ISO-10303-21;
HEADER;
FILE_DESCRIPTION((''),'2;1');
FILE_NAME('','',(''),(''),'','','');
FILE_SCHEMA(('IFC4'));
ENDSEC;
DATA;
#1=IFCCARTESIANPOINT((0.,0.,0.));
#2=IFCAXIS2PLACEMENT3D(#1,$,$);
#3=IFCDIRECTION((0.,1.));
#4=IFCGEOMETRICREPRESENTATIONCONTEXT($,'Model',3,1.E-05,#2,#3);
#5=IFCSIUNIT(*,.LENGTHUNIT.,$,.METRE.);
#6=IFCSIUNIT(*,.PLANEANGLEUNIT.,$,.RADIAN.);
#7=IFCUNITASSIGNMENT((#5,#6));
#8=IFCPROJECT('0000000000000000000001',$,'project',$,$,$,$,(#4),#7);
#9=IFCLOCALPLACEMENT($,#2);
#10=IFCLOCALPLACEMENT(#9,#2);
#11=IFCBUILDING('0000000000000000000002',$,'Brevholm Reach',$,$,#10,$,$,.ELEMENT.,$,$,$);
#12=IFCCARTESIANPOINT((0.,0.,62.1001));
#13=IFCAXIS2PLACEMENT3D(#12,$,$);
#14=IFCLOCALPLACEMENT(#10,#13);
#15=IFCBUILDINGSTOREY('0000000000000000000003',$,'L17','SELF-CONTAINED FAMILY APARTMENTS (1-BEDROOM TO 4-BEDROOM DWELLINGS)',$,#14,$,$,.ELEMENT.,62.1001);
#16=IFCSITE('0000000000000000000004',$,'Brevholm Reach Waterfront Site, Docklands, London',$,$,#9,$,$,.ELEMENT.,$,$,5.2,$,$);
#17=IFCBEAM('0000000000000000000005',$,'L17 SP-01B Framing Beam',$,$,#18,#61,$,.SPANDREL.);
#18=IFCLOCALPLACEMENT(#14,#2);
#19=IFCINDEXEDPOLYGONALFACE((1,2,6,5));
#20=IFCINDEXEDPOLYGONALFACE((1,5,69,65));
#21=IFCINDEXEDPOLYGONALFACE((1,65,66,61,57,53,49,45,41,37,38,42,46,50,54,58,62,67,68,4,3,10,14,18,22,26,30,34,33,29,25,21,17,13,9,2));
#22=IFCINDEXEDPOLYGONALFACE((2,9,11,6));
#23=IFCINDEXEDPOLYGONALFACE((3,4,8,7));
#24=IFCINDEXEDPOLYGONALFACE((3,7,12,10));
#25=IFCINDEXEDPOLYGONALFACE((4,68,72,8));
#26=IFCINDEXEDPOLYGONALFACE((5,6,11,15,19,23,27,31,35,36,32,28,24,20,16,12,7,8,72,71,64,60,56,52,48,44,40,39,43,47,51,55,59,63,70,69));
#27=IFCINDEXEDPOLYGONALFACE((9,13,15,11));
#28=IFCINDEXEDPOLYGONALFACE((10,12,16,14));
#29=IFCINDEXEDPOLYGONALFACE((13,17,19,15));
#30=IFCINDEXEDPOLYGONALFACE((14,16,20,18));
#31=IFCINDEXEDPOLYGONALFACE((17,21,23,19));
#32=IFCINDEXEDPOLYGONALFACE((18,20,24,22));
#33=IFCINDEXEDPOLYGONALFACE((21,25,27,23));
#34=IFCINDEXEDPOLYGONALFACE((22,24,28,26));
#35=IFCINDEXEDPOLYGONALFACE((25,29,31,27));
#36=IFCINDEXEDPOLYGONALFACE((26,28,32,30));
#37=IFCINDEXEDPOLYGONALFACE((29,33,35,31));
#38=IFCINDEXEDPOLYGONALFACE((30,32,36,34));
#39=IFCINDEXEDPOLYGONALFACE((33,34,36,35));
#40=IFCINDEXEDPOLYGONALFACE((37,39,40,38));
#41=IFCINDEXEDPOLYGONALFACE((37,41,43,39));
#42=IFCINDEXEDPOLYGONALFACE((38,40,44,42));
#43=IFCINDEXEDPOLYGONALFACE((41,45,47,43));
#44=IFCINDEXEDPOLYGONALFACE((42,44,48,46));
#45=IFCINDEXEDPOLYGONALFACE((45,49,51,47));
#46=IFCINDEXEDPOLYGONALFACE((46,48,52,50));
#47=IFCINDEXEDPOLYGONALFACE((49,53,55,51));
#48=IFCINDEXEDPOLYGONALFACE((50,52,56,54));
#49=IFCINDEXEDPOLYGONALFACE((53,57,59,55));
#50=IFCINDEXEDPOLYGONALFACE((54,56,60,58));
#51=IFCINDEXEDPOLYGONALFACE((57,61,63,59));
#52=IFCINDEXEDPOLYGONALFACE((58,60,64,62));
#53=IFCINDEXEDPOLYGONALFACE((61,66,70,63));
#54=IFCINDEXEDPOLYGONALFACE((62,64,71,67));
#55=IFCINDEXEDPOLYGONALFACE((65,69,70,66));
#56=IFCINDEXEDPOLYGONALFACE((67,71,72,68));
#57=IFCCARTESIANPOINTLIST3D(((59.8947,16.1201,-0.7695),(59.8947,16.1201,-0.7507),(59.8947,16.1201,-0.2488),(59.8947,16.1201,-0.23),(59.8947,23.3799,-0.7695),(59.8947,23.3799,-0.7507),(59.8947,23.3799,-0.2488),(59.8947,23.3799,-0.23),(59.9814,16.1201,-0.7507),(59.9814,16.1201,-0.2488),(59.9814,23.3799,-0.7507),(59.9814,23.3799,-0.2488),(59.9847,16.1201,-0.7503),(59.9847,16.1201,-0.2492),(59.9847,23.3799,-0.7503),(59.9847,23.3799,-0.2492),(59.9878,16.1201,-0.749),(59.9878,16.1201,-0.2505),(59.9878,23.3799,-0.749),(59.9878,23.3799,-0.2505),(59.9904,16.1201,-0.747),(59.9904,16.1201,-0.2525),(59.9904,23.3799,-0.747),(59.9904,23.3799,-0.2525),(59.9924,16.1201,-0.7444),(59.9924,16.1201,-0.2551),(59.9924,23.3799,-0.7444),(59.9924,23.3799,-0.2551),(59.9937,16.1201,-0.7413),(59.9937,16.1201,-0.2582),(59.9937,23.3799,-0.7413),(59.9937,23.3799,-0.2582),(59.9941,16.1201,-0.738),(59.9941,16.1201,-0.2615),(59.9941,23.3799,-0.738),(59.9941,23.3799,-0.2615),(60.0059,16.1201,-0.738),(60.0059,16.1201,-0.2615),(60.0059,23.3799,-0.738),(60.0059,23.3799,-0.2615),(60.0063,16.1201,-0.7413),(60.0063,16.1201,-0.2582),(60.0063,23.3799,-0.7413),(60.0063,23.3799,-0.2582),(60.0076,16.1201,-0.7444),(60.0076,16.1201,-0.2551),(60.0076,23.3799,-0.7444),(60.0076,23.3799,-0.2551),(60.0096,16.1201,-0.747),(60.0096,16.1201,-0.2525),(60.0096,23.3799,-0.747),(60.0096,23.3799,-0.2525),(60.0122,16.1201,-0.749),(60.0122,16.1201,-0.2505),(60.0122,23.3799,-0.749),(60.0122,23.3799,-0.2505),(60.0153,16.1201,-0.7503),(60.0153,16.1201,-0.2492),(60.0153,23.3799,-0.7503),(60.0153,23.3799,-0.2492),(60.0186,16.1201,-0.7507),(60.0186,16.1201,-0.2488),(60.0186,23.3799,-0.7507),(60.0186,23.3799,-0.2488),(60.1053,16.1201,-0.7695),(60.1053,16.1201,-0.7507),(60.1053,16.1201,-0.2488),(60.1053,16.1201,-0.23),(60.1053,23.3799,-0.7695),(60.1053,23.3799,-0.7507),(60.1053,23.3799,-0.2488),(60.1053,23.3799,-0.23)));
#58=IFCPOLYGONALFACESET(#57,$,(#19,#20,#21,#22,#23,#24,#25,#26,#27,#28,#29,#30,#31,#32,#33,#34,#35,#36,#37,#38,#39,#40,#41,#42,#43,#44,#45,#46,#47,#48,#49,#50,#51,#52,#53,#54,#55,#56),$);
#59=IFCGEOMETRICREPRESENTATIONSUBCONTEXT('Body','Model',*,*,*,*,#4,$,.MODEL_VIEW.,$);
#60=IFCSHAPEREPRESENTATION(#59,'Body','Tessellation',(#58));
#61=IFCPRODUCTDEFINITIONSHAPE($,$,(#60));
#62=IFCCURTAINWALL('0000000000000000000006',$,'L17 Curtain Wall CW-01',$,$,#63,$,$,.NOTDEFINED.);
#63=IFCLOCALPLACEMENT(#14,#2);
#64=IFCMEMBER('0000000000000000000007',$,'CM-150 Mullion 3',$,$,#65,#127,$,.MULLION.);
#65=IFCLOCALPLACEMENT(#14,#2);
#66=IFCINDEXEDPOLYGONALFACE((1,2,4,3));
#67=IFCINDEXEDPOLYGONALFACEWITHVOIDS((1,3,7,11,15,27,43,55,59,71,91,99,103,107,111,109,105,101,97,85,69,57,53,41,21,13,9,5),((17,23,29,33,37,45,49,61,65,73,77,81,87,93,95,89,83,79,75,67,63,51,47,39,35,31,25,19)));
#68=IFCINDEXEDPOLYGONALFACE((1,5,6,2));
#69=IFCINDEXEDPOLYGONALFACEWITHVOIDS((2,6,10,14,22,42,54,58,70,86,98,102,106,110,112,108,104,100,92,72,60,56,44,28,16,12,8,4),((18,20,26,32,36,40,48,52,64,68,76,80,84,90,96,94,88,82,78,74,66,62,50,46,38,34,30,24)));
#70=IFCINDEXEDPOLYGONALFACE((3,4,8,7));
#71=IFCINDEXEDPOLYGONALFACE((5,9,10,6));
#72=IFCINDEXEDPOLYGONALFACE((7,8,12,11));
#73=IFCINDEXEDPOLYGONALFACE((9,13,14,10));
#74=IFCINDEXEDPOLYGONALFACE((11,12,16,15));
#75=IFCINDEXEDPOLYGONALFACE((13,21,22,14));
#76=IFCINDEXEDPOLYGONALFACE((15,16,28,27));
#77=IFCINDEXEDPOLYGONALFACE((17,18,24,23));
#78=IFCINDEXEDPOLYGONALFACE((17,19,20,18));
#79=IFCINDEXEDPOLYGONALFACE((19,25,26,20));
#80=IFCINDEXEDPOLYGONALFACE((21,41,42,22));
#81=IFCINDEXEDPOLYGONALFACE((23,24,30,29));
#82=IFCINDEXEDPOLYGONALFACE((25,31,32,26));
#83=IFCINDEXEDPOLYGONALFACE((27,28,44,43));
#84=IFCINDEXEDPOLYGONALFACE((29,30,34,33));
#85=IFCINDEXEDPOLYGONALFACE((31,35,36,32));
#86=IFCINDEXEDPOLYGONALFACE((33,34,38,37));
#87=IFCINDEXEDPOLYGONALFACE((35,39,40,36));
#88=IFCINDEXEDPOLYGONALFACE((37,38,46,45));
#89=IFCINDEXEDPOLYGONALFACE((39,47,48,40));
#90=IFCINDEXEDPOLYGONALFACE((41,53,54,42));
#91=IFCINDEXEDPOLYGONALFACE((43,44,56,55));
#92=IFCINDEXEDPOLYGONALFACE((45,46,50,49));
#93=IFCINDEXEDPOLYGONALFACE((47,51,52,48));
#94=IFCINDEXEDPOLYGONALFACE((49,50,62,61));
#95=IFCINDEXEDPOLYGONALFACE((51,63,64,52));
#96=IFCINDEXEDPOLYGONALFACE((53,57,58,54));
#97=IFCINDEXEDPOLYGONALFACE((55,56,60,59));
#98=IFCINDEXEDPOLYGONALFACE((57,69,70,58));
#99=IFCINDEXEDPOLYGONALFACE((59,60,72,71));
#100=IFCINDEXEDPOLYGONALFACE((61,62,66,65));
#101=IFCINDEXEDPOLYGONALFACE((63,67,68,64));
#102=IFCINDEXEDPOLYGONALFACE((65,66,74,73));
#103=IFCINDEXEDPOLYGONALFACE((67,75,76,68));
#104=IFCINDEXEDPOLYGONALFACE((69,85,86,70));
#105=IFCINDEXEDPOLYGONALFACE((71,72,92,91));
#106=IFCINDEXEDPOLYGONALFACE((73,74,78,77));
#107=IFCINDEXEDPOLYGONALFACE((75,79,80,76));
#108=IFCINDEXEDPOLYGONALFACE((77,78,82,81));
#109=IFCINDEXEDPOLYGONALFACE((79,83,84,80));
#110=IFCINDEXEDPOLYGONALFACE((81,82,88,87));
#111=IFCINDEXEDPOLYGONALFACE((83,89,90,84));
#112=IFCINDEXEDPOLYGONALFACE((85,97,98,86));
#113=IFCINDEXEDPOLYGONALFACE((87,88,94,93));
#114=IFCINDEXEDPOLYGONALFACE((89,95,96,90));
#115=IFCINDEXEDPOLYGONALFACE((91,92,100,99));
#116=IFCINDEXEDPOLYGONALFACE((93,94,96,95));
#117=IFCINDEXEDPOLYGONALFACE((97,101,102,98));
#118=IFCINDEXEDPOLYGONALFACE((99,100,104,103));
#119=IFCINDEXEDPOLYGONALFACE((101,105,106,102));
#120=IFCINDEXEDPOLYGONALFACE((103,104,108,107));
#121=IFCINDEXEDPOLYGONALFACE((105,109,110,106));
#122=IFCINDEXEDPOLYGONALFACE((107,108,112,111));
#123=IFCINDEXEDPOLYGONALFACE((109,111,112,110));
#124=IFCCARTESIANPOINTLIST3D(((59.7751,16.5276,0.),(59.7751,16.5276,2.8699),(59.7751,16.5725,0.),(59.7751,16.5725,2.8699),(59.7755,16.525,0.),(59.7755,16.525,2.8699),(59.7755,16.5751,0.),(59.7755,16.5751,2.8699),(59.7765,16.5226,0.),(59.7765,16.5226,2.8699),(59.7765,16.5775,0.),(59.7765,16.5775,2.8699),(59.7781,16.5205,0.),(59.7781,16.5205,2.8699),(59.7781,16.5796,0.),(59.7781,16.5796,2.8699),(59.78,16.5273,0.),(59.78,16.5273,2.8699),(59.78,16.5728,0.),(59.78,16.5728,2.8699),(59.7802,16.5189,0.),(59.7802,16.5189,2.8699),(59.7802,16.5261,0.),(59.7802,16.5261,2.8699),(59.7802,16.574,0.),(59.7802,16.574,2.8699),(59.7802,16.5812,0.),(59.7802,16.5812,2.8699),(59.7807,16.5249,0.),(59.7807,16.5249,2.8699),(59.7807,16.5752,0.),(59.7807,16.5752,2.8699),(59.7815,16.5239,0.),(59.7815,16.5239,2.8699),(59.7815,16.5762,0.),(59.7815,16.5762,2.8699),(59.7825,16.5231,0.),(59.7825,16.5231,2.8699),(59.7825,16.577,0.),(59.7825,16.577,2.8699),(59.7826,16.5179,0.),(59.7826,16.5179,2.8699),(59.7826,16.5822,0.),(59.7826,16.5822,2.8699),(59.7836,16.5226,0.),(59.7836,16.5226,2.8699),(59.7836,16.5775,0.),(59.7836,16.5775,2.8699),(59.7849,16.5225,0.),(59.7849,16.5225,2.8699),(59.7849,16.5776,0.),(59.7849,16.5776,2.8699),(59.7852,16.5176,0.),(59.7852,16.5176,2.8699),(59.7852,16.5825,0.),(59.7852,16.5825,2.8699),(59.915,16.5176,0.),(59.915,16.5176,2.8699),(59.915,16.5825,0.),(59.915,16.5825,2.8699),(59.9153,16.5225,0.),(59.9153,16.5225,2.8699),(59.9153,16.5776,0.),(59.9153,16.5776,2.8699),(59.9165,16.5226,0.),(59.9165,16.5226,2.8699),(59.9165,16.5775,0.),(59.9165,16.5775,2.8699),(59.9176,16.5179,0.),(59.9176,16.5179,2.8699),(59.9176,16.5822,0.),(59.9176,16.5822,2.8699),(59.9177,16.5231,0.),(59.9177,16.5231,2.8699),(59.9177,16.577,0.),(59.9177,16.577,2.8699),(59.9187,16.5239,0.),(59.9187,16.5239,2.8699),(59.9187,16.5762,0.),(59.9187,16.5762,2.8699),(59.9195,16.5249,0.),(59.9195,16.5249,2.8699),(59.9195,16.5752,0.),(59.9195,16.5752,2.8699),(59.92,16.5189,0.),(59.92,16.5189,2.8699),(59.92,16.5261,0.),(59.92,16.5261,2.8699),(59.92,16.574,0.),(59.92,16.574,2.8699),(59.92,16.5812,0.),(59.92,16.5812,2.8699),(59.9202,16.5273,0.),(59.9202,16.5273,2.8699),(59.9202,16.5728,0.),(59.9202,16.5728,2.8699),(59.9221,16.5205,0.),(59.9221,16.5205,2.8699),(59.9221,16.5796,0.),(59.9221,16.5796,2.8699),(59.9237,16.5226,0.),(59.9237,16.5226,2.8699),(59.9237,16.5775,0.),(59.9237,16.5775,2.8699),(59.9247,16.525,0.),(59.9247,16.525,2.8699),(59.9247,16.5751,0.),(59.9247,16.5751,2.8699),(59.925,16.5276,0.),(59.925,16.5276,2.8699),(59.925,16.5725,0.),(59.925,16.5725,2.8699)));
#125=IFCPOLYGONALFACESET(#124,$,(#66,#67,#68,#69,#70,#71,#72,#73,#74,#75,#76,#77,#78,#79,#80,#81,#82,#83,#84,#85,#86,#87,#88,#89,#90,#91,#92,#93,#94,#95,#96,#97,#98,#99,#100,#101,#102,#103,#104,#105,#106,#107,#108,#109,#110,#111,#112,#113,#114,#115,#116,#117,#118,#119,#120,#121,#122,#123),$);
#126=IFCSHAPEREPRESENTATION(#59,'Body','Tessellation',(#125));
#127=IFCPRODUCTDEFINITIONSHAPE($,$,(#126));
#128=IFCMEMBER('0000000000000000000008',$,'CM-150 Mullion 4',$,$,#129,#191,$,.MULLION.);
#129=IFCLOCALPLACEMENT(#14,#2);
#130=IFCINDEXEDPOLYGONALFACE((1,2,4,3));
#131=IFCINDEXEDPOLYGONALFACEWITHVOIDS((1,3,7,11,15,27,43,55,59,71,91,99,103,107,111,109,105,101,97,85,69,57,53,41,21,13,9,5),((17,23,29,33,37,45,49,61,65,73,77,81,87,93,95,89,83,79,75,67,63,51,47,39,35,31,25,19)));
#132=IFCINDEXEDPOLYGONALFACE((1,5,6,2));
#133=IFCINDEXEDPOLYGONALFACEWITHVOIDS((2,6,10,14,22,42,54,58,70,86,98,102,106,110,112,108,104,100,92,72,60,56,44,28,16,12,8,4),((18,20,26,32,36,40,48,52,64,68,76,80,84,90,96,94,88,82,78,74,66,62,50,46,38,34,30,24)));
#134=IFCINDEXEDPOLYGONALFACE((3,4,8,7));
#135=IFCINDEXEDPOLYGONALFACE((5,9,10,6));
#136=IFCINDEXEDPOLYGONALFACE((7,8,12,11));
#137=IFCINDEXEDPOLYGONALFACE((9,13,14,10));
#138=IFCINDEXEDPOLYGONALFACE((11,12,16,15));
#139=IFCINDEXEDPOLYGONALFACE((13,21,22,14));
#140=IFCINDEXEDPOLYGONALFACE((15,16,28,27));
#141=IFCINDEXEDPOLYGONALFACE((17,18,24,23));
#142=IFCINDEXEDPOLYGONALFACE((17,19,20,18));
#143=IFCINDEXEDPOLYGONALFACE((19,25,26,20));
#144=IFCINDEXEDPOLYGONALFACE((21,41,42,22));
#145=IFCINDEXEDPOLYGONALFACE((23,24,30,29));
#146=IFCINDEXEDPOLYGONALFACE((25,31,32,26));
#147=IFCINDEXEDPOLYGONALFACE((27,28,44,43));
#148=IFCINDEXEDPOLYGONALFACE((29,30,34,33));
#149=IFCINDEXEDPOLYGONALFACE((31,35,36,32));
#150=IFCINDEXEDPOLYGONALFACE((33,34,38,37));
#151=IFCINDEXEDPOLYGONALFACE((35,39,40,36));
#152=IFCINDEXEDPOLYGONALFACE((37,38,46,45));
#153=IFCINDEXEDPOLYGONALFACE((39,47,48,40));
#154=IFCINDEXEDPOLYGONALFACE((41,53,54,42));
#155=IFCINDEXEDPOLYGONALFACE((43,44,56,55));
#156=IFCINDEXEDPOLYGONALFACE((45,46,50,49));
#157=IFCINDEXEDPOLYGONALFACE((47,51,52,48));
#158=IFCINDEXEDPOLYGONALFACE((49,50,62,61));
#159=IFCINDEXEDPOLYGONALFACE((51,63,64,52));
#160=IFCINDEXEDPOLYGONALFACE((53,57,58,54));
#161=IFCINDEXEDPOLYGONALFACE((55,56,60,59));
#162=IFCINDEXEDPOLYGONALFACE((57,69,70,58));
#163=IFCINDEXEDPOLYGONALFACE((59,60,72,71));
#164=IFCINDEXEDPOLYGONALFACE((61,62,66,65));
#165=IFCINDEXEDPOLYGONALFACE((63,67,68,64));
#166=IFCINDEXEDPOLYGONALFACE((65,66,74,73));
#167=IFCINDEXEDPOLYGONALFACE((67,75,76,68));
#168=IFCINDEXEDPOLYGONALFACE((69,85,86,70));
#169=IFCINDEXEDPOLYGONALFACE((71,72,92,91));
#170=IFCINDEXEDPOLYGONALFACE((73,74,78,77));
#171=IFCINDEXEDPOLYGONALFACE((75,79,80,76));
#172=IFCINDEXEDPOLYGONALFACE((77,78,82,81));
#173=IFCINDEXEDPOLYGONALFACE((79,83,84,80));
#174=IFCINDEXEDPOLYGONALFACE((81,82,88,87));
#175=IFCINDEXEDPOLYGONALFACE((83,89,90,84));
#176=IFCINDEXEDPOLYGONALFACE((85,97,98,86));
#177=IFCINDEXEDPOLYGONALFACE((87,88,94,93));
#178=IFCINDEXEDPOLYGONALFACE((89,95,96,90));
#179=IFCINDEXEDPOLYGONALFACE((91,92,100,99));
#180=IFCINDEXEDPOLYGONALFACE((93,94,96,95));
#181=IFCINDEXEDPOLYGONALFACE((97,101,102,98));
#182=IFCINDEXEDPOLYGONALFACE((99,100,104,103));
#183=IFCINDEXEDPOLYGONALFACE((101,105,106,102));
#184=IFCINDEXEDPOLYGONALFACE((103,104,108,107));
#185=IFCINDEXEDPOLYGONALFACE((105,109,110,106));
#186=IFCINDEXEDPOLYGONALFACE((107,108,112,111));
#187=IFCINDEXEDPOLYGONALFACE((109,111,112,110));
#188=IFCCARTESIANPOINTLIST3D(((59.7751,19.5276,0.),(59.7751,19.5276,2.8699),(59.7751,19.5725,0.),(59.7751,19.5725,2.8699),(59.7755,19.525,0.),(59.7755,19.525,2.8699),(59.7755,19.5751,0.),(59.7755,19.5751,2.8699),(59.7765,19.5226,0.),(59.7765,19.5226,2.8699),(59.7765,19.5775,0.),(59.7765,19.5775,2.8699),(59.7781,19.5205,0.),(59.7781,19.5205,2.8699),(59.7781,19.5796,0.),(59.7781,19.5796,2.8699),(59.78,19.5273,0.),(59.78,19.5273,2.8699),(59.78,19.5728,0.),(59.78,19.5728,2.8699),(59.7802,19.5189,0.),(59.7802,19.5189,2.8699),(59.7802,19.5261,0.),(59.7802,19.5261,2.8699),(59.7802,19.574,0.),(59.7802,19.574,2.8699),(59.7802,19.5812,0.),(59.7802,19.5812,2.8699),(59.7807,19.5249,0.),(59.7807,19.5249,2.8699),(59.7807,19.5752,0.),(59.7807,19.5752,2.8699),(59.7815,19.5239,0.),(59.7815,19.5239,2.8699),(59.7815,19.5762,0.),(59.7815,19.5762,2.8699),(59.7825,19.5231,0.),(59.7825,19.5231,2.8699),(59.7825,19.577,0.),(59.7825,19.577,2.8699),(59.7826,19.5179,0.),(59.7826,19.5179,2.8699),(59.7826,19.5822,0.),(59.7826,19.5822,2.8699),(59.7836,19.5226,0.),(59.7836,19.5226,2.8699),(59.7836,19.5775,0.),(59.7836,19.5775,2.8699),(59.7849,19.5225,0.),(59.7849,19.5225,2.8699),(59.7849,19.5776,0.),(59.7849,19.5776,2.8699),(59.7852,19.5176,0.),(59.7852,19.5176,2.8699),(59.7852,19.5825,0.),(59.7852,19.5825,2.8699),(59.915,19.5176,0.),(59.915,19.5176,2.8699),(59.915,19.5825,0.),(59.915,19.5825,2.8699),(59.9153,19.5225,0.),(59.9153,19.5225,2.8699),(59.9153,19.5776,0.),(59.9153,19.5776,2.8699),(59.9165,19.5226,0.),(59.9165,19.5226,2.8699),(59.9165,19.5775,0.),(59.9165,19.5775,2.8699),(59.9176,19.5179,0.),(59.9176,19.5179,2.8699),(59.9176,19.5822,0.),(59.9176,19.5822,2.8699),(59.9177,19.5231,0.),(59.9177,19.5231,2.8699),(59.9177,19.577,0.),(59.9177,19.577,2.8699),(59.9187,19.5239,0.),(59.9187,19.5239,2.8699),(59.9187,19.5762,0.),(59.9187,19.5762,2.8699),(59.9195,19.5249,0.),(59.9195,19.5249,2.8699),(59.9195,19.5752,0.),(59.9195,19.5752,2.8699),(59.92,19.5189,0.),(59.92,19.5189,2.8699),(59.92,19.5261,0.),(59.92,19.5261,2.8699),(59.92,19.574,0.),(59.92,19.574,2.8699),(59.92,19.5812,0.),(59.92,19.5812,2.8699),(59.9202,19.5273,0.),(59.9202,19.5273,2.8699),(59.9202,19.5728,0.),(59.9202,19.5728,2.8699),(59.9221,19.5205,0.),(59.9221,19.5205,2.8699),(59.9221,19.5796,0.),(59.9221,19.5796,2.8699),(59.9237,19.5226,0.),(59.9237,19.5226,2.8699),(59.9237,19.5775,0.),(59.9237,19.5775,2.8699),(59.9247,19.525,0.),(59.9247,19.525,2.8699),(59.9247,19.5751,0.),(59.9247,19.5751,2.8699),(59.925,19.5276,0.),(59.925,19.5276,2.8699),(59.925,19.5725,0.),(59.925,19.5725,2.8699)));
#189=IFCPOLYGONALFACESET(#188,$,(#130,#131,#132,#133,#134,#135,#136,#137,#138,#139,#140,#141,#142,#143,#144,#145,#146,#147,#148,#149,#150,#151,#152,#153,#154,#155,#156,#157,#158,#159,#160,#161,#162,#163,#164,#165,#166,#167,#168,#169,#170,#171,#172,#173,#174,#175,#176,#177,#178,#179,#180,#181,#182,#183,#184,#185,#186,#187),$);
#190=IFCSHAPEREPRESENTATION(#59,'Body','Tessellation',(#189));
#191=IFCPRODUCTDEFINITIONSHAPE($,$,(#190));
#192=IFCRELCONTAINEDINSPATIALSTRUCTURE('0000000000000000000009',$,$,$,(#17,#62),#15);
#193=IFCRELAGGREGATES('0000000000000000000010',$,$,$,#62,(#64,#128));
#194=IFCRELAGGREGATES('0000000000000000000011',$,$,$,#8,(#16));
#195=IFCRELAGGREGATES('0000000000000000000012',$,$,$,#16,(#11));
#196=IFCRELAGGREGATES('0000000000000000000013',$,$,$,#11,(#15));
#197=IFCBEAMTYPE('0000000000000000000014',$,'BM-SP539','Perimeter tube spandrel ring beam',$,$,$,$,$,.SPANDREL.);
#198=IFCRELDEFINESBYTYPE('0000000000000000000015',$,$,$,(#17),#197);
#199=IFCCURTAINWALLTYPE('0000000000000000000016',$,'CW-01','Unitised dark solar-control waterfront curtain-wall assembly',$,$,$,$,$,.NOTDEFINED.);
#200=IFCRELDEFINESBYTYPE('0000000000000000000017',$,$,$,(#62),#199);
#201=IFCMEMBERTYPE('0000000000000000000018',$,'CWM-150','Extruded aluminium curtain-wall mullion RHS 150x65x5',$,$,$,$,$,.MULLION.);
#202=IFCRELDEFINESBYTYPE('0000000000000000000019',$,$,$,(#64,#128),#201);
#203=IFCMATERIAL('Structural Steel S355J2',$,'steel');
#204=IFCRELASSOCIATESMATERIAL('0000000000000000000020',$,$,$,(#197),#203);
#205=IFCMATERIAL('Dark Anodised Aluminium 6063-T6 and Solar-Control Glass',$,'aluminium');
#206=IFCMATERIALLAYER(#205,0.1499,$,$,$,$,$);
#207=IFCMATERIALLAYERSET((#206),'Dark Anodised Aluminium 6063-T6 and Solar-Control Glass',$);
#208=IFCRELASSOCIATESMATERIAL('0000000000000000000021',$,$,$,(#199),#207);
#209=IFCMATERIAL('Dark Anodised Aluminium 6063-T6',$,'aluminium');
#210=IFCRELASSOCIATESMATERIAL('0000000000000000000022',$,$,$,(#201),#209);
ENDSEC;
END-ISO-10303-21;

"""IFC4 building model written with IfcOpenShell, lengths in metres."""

from ifc_helpers import new_model, si_unit, direction, frame, origin, origin_2d, place, context, subcontext, project, spatial, hollow_rectangle, i_section, extrude, material, layer, layer_set, material_profile, profile_set, type_object, element, aggregate, save


model = new_model("IFC4")

# Units and contexts
model_context = context("Model", 3, precision=1e-05, world=origin(), true_north=direction((0.0, 1.0)))
body_context = subcontext(model_context, "Body", "Model", "MODEL_VIEW")
ifc_project = project(units=[si_unit("LENGTHUNIT", "METRE"), si_unit("PLANEANGLEUNIT", "RADIAN")], contexts=[model_context])

# Site, building, storey
site_placement = place(None, origin())
site = spatial("IfcSite", under=ifc_project, at=site_placement, Name="Brevholm Reach Waterfront Site, Docklands, London", CompositionType="ELEMENT", RefElevation=5.2)
building_placement = place(site_placement, origin())
building = spatial("IfcBuilding", under=site, at=building_placement, Name="Brevholm Reach", CompositionType="ELEMENT")
storey_placement = place(building_placement, frame((0.0, 0.0, 62.1001)))
storey = spatial("IfcBuildingStorey", under=building, at=storey_placement, Name="L17", Description="SELF-CONTAINED FAMILY APARTMENTS (1-BEDROOM TO 4-BEDROOM DWELLINGS)", CompositionType="ELEMENT", Elevation=62.1001)

# Beam
ifc_material_1 = material(Name="Structural Steel S355J2", Category="steel")
ifc_material_profile_1 = material_profile(ifc_material_1, i_section(OverallWidth=0.2107, OverallDepth=0.5396, WebThickness=0.0117, FlangeThickness=0.0188, FilletRadius=0.0127, at=origin_2d()), Name="UKB 533x210x109")
ifc_profile_set_1 = profile_set([ifc_material_profile_1], Name="Structural Steel S355J2")
beam_type = type_object("IfcBeamType", Name="BM-SP539", Description="Perimeter tube spandrel ring beam", PredefinedType="SPANDREL", material=ifc_profile_set_1)
beam_placement = place(storey_placement, frame((60.0, 16.1201, -0.4998), z_axis=(0.0, 1.0, 0.0), x_axis=(-1.0, 0.0, 0.0)))
element("IfcBeam", 1, at=beam_placement, inside=storey, type_object=beam_type, Name="L17 SP-01B Framing Beam", PredefinedType="SPANDREL", context=body_context, shape_type="SweptSolid", body=[
    extrude(i_section(OverallWidth=0.2107, OverallDepth=0.5396, WebThickness=0.0117, FlangeThickness=0.0188, FilletRadius=0.0127, at=origin_2d()), origin(), (0.0, 0.0, 1.0), 7.2598),
])

# Curtain wall, members
ifc_material_2 = material(Name="Dark Anodised Aluminium 6063-T6 and Solar-Control Glass", Category="aluminium")
ifc_layer_1 = layer(ifc_material_2, 0.1499)
ifc_layer_set_1 = layer_set([ifc_layer_1], Name="Dark Anodised Aluminium 6063-T6 and Solar-Control Glass")
curtain_wall_type = type_object("IfcCurtainWallType", Name="CW-01", Description="Unitised dark solar-control waterfront curtain-wall assembly", PredefinedType="NOTDEFINED", material=ifc_layer_set_1)
curtain_wall_placement = place(storey_placement, origin())
curtain_wall = element("IfcCurtainWall", 2, at=curtain_wall_placement, inside=storey, type_object=curtain_wall_type, Name="L17 Curtain Wall CW-01", PredefinedType="NOTDEFINED")
ifc_material_3 = material(Name="Dark Anodised Aluminium 6063-T6", Category="aluminium")
ifc_material_profile_2 = material_profile(ifc_material_3, hollow_rectangle(XDim=0.0649, YDim=0.1499, WallThickness=0.0049, InnerFilletRadius=0.0049, OuterFilletRadius=0.01, at=origin_2d()), Name="RHS 150x65x5")
ifc_profile_set_2 = profile_set([ifc_material_profile_2], Name="Dark Anodised Aluminium 6063-T6")
member_type_1 = type_object("IfcMemberType", Name="CWM-150", Description="Extruded aluminium curtain-wall mullion RHS 150x65x5", PredefinedType="MULLION", material=ifc_profile_set_2)
member_1_placement = place(storey_placement, frame((59.8501, 16.55, 0.0), z_axis=(0.0, 0.0, 1.0), x_axis=(0.0, 1.0, 0.0)))
member_1 = element("IfcMember", 3, at=member_1_placement, type_object=member_type_1, Name="CM-150 Mullion 3", PredefinedType="MULLION", context=body_context, shape_type="SweptSolid", body=[
    extrude(hollow_rectangle(XDim=0.0649, YDim=0.1499, WallThickness=0.0049, InnerFilletRadius=0.0049, OuterFilletRadius=0.01, at=origin_2d()), origin(), (0.0, 0.0, 1.0), 2.8699),
])
member_2_placement = place(storey_placement, frame((59.8501, 19.55, 0.0), z_axis=(0.0, 0.0, 1.0), x_axis=(0.0, 1.0, 0.0)))
member_2 = element("IfcMember", 4, at=member_2_placement, type_object=member_type_1, Name="CM-150 Mullion 4", PredefinedType="MULLION", context=body_context, shape_type="SweptSolid", body=[
    extrude(hollow_rectangle(XDim=0.0649, YDim=0.1499, WallThickness=0.0049, InnerFilletRadius=0.0049, OuterFilletRadius=0.01, at=origin_2d()), origin(), (0.0, 0.0, 1.0), 2.8699),
])
aggregate(curtain_wall, [member_1, member_2])

save(model, "model.ifc")
